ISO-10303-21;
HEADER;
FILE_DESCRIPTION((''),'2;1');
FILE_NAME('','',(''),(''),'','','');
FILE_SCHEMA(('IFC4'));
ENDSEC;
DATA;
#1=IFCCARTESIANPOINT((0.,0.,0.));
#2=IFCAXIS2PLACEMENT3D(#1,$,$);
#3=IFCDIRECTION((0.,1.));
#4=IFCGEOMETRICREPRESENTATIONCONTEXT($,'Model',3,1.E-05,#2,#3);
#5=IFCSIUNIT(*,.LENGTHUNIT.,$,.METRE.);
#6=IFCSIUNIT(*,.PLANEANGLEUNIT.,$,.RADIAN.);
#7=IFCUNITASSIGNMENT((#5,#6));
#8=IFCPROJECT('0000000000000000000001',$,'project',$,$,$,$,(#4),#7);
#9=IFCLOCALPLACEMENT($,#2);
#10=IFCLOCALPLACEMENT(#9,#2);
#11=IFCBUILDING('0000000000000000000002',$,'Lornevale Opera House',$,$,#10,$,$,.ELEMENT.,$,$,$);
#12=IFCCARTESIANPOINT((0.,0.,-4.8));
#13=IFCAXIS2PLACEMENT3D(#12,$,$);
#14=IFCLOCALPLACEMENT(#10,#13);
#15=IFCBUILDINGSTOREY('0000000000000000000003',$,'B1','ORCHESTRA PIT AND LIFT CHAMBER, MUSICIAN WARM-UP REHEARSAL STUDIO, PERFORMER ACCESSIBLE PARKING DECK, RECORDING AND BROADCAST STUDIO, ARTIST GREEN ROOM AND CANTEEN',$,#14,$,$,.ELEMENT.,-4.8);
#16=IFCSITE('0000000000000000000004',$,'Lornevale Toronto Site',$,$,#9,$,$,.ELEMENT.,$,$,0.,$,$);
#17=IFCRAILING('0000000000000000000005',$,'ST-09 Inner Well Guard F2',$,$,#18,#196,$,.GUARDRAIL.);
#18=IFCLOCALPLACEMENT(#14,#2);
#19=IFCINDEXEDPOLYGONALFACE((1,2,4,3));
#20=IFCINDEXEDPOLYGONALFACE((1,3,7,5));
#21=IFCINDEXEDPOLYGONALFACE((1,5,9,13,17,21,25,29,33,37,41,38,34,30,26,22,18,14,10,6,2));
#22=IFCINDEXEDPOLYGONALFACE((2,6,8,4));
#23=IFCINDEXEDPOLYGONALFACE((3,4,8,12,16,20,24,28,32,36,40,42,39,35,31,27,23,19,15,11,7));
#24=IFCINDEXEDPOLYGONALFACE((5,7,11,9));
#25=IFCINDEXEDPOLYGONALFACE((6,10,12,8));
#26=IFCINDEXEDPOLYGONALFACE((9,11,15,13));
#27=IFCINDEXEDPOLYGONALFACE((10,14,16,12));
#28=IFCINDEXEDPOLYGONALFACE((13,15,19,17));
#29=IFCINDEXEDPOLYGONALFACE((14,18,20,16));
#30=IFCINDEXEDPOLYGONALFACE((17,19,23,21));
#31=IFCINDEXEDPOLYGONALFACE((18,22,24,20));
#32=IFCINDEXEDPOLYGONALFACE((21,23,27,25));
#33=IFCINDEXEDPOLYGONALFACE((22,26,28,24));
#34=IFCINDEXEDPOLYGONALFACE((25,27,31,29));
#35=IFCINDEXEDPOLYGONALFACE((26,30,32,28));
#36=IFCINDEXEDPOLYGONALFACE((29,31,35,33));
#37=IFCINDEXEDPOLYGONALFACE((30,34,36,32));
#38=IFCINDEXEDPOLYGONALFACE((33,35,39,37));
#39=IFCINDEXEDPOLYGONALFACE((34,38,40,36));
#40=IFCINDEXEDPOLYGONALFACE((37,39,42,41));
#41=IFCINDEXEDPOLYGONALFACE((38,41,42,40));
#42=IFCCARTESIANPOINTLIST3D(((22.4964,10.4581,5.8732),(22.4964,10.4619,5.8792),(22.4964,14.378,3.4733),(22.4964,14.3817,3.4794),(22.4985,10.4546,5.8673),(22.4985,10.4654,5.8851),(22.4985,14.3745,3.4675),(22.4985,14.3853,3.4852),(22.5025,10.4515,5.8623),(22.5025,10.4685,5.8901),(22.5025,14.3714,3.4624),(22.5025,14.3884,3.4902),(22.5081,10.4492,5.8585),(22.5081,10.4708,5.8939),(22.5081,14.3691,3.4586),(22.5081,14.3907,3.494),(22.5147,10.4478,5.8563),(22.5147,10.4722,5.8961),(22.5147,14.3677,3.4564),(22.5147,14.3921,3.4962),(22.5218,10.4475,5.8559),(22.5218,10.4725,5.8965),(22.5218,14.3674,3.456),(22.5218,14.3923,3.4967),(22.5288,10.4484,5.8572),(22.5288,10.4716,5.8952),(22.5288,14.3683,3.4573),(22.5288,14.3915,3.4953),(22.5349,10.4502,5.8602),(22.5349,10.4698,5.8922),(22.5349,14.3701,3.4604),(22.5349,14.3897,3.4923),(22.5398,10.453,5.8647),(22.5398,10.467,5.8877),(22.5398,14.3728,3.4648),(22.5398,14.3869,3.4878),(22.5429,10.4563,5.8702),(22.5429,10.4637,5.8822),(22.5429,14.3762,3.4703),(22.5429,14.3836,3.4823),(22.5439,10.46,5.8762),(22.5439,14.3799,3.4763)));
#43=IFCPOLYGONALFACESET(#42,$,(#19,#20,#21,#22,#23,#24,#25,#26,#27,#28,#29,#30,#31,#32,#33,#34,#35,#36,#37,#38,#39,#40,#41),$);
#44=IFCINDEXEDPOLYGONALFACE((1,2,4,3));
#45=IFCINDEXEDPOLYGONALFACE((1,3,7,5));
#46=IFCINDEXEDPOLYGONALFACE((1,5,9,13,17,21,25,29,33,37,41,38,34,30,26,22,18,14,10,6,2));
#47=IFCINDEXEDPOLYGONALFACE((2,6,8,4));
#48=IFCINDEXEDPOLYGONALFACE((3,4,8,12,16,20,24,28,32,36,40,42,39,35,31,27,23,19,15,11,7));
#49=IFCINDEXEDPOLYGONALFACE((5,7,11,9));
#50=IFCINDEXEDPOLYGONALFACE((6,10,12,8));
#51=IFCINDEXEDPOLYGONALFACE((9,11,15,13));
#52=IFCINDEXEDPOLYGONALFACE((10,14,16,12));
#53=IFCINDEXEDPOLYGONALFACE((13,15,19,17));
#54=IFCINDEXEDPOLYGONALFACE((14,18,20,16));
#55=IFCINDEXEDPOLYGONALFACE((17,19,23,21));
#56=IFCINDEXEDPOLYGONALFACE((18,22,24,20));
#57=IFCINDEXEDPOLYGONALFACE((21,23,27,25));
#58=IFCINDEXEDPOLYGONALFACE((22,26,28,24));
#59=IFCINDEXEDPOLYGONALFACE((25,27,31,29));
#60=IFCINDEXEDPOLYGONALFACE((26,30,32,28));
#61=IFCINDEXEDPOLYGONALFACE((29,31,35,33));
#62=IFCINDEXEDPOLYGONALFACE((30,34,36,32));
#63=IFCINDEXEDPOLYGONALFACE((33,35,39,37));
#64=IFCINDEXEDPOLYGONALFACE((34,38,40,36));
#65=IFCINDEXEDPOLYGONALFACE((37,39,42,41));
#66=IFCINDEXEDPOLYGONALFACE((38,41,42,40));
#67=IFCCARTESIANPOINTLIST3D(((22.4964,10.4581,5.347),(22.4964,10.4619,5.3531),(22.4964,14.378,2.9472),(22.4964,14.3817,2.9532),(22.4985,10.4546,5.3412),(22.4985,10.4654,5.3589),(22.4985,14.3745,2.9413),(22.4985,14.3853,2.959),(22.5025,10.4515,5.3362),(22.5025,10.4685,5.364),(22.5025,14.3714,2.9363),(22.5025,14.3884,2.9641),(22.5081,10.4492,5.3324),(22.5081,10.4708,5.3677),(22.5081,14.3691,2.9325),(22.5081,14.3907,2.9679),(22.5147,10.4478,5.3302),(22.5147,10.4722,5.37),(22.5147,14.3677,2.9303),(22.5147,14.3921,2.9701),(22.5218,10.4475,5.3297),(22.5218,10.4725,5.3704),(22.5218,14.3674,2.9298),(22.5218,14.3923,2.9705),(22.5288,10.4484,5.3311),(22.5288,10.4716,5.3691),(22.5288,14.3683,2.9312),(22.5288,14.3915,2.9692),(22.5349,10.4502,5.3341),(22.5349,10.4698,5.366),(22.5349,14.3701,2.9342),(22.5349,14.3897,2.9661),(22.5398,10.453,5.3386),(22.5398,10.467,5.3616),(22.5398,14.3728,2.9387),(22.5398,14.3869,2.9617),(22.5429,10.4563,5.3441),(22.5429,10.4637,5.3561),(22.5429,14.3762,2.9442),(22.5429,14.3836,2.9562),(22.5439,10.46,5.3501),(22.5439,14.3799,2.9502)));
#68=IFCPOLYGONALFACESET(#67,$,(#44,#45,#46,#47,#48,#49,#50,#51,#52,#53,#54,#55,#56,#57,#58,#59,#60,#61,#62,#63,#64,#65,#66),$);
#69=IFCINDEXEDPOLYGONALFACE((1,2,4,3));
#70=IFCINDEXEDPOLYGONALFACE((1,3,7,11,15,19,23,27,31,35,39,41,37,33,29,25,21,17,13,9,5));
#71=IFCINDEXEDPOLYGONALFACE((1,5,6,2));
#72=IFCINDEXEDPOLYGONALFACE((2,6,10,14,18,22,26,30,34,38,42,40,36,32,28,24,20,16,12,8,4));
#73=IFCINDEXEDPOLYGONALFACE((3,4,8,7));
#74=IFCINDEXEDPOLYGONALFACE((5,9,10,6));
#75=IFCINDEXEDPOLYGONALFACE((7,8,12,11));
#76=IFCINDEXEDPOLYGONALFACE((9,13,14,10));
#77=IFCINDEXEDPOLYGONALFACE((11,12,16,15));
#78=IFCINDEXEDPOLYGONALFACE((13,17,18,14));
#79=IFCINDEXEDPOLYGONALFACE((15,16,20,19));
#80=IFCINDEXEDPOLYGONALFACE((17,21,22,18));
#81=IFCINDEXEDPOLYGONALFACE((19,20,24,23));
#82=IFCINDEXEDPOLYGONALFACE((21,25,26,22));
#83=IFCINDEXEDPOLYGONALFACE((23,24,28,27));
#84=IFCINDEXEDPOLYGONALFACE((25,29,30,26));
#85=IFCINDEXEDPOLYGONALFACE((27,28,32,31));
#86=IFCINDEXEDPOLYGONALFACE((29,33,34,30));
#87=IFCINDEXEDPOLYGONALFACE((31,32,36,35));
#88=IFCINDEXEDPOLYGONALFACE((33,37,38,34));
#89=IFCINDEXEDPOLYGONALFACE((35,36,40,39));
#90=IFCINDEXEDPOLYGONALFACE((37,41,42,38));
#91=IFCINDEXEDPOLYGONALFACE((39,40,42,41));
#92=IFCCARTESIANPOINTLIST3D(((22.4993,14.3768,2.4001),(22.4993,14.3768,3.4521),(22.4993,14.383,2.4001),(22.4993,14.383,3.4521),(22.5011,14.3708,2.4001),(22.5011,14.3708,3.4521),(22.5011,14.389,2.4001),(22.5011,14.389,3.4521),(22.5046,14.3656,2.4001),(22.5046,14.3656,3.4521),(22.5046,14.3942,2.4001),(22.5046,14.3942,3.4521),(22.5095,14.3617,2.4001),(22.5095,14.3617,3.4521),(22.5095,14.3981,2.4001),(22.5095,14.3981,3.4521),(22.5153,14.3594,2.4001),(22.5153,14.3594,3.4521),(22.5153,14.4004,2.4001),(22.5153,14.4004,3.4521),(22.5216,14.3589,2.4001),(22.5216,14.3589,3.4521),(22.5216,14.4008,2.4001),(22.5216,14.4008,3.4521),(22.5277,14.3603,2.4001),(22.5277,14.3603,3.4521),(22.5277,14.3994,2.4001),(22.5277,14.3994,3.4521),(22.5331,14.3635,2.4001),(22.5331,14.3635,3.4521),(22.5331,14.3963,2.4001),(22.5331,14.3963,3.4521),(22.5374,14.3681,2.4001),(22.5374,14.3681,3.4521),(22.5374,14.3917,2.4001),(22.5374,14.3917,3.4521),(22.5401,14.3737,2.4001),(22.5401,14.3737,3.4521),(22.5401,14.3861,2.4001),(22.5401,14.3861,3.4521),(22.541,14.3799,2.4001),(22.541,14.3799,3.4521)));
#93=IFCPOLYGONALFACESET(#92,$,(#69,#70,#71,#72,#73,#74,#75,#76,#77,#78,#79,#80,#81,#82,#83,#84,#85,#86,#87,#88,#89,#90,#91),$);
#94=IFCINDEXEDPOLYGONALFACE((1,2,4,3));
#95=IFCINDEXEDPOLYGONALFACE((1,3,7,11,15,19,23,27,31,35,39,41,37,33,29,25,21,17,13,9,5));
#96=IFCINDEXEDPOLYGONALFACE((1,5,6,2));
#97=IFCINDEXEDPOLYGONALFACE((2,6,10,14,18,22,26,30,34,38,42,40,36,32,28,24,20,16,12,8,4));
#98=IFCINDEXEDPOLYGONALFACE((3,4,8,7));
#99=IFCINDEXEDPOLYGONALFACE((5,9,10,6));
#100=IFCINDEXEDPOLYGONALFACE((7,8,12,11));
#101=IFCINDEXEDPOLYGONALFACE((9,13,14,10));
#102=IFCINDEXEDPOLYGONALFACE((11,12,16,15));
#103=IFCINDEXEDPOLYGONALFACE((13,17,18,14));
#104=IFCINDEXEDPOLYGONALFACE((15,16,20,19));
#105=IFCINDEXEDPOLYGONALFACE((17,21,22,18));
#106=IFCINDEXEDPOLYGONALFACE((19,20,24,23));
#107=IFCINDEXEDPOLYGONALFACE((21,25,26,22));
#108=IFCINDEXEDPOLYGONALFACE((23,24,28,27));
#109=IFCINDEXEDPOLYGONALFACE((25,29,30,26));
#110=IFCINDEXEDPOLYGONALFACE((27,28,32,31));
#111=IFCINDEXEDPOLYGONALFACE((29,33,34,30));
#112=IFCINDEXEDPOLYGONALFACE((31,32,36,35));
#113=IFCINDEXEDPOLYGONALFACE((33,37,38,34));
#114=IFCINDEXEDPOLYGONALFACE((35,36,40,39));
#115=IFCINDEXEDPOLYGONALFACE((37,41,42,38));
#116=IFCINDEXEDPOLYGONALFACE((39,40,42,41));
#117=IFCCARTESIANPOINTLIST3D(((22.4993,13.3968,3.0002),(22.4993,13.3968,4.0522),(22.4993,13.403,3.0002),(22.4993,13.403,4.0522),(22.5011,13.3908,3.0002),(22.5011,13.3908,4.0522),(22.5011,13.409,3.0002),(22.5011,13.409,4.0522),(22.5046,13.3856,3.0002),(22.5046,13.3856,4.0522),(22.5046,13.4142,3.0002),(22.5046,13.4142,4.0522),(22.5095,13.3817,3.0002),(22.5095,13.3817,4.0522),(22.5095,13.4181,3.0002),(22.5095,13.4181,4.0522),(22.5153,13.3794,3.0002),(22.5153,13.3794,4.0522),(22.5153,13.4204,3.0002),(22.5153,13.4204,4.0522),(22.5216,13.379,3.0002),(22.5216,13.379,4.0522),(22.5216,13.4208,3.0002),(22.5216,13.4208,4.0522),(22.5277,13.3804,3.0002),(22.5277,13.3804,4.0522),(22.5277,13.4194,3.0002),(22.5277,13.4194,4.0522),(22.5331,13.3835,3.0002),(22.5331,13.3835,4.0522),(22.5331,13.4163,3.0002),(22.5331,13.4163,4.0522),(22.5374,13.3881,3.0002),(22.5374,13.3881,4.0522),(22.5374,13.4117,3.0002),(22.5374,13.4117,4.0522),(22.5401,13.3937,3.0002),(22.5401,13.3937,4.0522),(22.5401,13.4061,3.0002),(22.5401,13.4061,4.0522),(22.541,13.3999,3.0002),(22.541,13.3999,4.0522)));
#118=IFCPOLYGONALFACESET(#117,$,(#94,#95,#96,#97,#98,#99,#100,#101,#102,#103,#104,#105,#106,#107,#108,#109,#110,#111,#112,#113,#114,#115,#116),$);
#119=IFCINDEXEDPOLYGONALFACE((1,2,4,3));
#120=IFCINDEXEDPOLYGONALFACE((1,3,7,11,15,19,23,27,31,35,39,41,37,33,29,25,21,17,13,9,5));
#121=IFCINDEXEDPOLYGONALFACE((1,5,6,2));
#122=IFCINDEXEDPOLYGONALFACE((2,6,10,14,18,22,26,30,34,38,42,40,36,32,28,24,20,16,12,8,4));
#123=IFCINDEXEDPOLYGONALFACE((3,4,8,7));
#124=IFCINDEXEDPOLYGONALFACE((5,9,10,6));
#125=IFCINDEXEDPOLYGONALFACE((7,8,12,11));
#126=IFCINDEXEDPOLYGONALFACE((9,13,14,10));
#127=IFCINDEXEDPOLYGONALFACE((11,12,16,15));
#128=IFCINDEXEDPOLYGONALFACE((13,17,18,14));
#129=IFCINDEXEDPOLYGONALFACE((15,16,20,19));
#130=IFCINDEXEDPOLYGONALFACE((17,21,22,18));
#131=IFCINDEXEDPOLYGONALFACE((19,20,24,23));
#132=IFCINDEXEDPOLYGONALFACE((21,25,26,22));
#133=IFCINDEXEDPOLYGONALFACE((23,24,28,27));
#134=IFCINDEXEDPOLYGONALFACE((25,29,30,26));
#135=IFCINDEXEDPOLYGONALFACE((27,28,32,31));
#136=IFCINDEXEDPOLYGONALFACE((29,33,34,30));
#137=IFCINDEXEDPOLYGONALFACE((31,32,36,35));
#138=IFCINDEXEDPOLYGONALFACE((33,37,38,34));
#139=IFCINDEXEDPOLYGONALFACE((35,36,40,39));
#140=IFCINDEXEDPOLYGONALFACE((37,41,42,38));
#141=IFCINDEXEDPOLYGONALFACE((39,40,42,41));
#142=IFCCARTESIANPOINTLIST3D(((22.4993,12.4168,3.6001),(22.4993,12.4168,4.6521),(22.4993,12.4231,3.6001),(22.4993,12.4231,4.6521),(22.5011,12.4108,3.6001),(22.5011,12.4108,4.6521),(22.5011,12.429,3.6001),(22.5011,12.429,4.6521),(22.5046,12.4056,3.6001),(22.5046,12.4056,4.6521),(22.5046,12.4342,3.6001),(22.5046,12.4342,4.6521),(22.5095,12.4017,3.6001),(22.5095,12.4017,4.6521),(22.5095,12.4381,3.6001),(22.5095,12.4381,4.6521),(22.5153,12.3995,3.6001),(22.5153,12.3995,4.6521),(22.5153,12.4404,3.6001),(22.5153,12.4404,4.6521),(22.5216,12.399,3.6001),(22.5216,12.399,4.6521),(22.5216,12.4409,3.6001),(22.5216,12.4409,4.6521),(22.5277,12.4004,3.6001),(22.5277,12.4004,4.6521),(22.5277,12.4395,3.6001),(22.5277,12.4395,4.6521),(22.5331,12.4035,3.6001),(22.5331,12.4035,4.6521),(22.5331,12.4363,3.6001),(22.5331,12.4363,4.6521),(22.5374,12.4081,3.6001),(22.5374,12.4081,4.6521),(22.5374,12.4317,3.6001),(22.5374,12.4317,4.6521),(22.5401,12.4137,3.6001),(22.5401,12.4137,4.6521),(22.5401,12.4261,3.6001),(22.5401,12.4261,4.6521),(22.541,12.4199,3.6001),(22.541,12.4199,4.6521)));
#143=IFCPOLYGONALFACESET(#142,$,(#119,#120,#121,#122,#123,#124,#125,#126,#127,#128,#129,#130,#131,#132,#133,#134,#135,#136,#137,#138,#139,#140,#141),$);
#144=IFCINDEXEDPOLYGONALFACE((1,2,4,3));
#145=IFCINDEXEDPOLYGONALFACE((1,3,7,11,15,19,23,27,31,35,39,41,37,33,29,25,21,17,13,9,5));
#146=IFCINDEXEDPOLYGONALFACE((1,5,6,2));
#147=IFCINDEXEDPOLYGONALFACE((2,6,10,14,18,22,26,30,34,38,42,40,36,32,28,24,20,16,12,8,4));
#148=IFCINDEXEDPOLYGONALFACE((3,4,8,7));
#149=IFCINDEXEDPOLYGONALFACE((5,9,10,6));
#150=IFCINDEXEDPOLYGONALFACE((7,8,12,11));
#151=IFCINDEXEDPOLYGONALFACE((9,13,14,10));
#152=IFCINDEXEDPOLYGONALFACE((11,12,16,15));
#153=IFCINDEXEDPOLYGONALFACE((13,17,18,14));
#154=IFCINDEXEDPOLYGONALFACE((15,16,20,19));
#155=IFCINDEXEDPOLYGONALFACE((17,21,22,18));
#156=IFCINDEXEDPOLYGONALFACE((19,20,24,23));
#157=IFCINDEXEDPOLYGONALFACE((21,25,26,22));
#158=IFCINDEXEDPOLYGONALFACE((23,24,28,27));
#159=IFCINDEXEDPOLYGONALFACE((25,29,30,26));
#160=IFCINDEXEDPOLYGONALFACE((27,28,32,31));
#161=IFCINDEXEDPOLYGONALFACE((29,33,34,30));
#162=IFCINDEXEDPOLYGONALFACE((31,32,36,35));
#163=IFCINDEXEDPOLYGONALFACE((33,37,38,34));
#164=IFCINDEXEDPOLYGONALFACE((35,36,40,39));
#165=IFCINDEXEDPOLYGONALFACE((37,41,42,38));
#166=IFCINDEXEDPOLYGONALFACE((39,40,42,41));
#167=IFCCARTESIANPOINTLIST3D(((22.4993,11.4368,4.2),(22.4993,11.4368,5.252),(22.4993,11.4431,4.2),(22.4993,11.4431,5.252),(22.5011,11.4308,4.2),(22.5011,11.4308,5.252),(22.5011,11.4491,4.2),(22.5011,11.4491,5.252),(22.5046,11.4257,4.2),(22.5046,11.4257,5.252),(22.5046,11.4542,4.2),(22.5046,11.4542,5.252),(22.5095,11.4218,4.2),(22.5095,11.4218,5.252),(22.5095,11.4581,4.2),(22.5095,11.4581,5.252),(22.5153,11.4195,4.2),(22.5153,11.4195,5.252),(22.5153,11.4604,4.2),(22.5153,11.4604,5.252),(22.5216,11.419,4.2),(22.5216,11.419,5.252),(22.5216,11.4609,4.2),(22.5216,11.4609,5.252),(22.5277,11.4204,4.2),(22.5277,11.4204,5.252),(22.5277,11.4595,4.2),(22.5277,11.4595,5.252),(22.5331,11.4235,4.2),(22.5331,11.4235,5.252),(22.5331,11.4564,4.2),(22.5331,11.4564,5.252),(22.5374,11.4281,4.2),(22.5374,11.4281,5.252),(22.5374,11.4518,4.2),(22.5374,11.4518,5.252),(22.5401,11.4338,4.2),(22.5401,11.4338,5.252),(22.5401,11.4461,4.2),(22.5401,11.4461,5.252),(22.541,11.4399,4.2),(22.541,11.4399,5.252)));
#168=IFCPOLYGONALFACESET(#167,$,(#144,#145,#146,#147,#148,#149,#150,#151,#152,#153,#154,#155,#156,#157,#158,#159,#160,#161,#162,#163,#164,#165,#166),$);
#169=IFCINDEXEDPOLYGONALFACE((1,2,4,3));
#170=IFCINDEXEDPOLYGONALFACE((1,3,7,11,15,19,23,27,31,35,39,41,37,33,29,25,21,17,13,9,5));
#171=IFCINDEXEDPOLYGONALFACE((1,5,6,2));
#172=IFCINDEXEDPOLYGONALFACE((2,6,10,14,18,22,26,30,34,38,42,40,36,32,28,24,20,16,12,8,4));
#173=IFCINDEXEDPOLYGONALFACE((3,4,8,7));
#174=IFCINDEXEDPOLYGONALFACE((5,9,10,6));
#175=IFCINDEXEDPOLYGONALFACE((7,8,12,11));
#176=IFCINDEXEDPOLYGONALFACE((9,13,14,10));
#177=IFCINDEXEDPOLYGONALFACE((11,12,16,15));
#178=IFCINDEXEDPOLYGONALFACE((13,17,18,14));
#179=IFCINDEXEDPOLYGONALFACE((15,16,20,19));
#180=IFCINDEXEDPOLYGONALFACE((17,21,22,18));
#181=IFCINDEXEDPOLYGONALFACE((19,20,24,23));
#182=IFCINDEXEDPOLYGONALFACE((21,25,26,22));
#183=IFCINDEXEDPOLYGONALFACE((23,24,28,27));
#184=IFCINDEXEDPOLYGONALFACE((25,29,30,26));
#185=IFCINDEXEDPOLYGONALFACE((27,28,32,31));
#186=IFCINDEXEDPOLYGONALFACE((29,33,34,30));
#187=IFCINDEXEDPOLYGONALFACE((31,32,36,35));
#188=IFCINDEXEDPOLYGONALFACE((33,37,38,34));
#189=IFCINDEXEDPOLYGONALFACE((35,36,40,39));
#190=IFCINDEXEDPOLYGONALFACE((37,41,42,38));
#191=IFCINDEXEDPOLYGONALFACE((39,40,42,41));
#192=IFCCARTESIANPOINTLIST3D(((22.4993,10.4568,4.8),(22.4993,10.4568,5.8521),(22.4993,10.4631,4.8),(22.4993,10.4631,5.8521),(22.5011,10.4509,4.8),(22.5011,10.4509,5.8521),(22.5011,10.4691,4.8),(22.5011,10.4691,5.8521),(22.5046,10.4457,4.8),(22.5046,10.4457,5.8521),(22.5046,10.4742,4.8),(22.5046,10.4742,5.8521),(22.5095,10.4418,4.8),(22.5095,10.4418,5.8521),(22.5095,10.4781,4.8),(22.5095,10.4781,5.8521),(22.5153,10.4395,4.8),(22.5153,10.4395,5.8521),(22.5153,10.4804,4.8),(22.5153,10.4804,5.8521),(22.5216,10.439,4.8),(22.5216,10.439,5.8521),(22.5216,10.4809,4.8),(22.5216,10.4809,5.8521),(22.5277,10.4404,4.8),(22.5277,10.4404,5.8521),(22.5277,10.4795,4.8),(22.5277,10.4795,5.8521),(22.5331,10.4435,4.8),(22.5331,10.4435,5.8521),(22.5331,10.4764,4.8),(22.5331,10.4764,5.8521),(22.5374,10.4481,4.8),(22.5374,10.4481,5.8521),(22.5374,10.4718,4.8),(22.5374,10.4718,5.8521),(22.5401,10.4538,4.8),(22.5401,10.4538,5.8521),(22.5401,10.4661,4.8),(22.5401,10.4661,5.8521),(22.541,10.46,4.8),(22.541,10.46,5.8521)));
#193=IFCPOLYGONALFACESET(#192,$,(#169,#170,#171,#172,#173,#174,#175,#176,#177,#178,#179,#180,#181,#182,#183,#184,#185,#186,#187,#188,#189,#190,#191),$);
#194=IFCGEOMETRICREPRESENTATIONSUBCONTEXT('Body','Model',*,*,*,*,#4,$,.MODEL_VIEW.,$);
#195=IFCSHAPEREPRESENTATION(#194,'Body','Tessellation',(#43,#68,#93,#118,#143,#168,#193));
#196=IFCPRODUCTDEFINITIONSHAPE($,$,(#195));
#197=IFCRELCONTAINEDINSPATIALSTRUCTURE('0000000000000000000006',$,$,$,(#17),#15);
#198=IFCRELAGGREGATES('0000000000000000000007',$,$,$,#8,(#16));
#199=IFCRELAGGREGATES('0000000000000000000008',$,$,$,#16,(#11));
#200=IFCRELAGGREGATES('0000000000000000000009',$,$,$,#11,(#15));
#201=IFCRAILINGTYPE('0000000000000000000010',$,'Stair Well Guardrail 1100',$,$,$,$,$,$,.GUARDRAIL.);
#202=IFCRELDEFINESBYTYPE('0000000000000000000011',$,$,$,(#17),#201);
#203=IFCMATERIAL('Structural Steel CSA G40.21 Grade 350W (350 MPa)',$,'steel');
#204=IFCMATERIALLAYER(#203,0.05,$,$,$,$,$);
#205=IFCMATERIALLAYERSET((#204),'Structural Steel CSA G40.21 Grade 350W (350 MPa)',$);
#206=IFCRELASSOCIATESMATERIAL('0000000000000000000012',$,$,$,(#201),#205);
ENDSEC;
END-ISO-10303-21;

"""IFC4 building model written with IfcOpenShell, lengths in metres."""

from ifc_helpers import new_model, si_unit, direction, frame, origin, origin_2d, place, context, subcontext, project, spatial, circle, extrude, material, layer, layer_set, type_object, element, save


model = new_model("IFC4")

# Units and contexts
model_context = context("Model", 3, precision=1e-05, world=origin(), true_north=direction((0.0, 1.0)))
body_context = subcontext(model_context, "Body", "Model", "MODEL_VIEW")
ifc_project = project(units=[si_unit("LENGTHUNIT", "METRE"), si_unit("PLANEANGLEUNIT", "RADIAN")], contexts=[model_context])

# Site, building, storey
site_placement = place(None, origin())
site = spatial("IfcSite", under=ifc_project, at=site_placement, Name="Lornevale Toronto Site", CompositionType="ELEMENT", RefElevation=0.0)
building_placement = place(site_placement, origin())
building = spatial("IfcBuilding", under=site, at=building_placement, Name="Lornevale Opera House", CompositionType="ELEMENT")
storey_placement = place(building_placement, frame((0.0, 0.0, -4.8)))
storey = spatial("IfcBuildingStorey", under=building, at=storey_placement, Name="B1", Description="ORCHESTRA PIT AND LIFT CHAMBER, MUSICIAN WARM-UP REHEARSAL STUDIO, PERFORMER ACCESSIBLE PARKING DECK, RECORDING AND BROADCAST STUDIO, ARTIST GREEN ROOM AND CANTEEN", CompositionType="ELEMENT", Elevation=-4.8)

# Railing
ifc_material_1 = material(Name="Structural Steel CSA G40.21 Grade 350W (350 MPa)", Category="steel")
ifc_layer_1 = layer(ifc_material_1, 0.05)
ifc_layer_set_1 = layer_set([ifc_layer_1], Name="Structural Steel CSA G40.21 Grade 350W (350 MPa)")
railing_type_1 = type_object("IfcRailingType", Name="Stair Well Guardrail 1100", PredefinedType="GUARDRAIL", material=ifc_layer_set_1)
railing_1_placement = place(storey_placement, frame((22.52, 14.3799, 2.4001)))
element("IfcRailing", 1, at=railing_1_placement, inside=storey, type_object=railing_type_1, Name="ST-09 Inner Well Guard F2", PredefinedType="GUARDRAIL", context=body_context, shape_type="SweptSolid", body=[
    extrude(circle(Radius=0.0239, at=origin_2d()), frame((0.0, 0.0, 1.0762), z_axis=(0.0, -0.852856, 0.522146), x_axis=(1.0, 0.0, 0.0)), (0.0, 0.0, 1.0), 4.5962),
    extrude(circle(Radius=0.0239, at=origin_2d()), frame((0.0, 0.0, 0.55), z_axis=(0.0, -0.852856, 0.522146), x_axis=(1.0, 0.0, 0.0)), (0.0, 0.0, 1.0), 4.5962),
    extrude(circle(Radius=0.021, at=origin_2d()), origin(), (0.0, 0.0, 1.0), 1.052),
    extrude(circle(Radius=0.021, at=origin_2d()), frame((0.0, -0.98, 0.6001)), (0.0, 0.0, 1.0), 1.052),
    extrude(circle(Radius=0.021, at=origin_2d()), frame((0.0, -1.96, 1.2)), (0.0, 0.0, 1.0), 1.052),
    extrude(circle(Radius=0.021, at=origin_2d()), frame((0.0, -2.9399, 1.7998)), (0.0, 0.0, 1.0), 1.052),
    extrude(circle(Radius=0.021, at=origin_2d()), frame((0.0, -3.9199, 2.3999)), (0.0, 0.0, 1.0), 1.052),
])

save(model, "model.ifc")
